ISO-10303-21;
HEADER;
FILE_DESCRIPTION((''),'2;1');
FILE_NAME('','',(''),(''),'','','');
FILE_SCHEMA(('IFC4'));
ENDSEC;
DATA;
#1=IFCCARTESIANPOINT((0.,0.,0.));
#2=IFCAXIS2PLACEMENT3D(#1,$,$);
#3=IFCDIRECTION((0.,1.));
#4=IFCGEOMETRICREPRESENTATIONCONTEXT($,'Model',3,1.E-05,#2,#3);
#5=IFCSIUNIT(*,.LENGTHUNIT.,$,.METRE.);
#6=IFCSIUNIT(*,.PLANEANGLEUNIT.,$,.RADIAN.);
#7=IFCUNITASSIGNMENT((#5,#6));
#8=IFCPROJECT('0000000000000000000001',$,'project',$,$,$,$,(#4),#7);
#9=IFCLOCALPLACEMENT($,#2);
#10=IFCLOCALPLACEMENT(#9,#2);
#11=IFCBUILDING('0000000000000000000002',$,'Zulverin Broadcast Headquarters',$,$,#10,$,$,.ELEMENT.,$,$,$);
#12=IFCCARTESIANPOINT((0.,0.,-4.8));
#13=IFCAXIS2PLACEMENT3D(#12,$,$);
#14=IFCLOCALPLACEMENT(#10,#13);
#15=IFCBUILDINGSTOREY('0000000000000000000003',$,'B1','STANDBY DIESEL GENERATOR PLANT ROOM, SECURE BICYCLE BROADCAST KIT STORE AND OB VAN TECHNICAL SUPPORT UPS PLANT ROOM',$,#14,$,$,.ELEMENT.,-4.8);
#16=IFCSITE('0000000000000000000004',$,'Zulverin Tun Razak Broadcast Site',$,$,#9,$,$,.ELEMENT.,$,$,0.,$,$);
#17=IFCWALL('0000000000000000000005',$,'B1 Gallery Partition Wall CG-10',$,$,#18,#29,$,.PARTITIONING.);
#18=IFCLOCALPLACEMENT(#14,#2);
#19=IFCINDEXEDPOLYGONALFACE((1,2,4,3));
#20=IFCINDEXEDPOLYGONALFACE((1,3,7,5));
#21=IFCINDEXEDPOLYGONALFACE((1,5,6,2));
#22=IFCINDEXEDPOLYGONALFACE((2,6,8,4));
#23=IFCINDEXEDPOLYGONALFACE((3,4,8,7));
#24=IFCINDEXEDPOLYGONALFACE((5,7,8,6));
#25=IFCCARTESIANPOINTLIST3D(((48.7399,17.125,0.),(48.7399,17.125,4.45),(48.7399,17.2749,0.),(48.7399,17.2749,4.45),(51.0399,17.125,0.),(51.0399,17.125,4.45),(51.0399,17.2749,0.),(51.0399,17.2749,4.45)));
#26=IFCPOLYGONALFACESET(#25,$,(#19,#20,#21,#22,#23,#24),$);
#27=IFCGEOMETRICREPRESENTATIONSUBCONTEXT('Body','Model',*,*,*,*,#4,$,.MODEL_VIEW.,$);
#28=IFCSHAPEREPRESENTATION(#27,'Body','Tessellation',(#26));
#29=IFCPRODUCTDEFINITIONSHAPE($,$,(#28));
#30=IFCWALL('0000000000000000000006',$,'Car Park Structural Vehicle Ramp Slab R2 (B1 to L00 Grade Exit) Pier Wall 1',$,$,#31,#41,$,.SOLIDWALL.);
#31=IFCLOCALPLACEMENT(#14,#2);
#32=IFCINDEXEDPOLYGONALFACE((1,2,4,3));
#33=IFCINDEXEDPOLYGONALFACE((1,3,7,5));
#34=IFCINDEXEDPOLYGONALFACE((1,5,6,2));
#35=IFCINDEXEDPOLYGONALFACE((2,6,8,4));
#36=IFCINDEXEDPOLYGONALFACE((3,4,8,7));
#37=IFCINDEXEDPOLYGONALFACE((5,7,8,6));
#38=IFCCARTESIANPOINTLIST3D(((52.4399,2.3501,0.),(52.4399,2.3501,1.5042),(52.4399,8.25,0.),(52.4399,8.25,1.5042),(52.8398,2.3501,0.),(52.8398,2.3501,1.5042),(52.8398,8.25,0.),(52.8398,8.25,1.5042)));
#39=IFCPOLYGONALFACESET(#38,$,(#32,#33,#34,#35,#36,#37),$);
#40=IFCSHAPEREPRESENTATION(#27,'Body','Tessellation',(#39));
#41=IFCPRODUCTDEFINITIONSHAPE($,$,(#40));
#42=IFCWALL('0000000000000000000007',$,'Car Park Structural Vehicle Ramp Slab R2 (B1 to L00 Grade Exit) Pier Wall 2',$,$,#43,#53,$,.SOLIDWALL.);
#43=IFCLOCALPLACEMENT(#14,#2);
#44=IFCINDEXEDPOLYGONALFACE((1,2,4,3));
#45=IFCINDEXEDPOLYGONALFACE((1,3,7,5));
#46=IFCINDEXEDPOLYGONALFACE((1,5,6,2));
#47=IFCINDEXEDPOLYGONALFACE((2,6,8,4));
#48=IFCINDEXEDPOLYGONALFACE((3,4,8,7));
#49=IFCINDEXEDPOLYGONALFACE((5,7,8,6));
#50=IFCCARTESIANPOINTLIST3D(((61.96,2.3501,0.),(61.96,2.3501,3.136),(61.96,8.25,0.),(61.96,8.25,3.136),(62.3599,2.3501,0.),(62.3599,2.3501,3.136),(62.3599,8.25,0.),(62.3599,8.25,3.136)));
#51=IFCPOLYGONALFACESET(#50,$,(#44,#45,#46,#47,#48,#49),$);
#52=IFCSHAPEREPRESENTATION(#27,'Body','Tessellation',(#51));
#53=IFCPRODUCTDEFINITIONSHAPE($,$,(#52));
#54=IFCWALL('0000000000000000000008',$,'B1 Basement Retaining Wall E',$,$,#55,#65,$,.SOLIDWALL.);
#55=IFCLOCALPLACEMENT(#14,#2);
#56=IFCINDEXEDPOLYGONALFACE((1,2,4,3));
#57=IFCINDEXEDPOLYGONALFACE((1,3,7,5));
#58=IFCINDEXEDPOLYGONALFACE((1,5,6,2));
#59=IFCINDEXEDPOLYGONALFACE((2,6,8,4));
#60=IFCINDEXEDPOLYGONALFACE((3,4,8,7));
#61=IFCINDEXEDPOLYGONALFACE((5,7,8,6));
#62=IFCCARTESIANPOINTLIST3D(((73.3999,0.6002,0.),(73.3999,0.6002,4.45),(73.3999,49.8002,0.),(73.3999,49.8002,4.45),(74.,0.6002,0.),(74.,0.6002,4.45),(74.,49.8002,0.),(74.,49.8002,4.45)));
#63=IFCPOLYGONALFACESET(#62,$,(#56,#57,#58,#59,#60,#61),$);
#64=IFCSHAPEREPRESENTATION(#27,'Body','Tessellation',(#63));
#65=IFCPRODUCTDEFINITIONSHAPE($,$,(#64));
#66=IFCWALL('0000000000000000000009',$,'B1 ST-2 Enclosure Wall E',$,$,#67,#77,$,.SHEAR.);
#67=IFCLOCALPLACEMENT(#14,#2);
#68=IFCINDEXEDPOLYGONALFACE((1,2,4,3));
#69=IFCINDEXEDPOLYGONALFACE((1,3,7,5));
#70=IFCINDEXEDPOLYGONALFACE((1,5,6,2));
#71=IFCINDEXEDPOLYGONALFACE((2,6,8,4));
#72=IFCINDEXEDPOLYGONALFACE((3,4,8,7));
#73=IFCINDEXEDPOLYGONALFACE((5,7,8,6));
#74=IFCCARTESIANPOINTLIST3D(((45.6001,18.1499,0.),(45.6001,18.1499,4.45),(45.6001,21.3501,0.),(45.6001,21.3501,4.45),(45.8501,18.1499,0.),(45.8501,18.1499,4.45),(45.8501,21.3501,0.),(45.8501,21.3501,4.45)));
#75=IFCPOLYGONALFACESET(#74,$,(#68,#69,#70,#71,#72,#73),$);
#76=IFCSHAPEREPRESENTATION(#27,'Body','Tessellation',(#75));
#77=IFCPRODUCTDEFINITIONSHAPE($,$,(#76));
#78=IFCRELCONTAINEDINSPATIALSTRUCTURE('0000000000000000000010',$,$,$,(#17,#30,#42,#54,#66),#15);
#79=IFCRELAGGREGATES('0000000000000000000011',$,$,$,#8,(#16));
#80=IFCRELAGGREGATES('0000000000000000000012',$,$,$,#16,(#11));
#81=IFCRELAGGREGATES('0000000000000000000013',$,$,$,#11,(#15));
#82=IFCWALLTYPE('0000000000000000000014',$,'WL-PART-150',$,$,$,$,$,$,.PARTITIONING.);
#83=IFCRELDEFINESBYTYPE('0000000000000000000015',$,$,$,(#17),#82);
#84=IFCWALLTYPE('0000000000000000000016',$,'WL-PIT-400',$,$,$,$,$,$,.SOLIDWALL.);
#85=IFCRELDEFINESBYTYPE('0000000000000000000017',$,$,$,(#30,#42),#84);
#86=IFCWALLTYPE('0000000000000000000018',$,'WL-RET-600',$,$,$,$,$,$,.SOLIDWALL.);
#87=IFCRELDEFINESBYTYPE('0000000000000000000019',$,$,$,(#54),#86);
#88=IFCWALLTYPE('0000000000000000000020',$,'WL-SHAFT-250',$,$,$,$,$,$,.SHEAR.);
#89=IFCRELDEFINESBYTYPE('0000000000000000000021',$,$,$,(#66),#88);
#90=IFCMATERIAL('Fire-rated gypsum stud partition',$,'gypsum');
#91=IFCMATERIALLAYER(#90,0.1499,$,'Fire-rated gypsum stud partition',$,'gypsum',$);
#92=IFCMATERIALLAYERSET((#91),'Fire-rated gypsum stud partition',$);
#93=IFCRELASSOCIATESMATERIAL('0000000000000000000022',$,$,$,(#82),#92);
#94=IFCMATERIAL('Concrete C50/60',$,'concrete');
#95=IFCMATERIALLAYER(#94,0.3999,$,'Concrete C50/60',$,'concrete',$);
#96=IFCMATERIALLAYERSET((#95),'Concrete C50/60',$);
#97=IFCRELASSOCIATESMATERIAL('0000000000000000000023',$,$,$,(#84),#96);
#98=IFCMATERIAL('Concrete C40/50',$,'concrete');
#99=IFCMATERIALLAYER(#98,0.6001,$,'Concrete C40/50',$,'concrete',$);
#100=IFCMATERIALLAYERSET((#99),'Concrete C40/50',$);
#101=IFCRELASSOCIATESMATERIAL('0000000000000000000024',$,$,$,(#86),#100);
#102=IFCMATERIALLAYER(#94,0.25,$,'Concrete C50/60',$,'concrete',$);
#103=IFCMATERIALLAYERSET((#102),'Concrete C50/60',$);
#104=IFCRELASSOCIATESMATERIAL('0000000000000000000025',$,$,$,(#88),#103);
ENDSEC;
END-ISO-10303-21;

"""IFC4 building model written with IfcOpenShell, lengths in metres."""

from ifc_helpers import new_model, si_unit, direction, frame, frame_2d, origin, place, context, subcontext, project, spatial, rectangle, extrude, material, layer, layer_set, type_object, element, save


model = new_model("IFC4")

# Units and contexts
model_context = context("Model", 3, precision=1e-05, world=origin(), true_north=direction((0.0, 1.0)))
body_context = subcontext(model_context, "Body", "Model", "MODEL_VIEW")
ifc_project = project(units=[si_unit("LENGTHUNIT", "METRE"), si_unit("PLANEANGLEUNIT", "RADIAN")], contexts=[model_context])

# Site, building, storey
site_placement = place(None, origin())
site = spatial("IfcSite", under=ifc_project, at=site_placement, Name="Zulverin Tun Razak Broadcast Site", CompositionType="ELEMENT", RefElevation=0.0)
building_placement = place(site_placement, origin())
building = spatial("IfcBuilding", under=site, at=building_placement, Name="Zulverin Broadcast Headquarters", CompositionType="ELEMENT")
storey_placement = place(building_placement, frame((0.0, 0.0, -4.8)))
storey = spatial("IfcBuildingStorey", under=building, at=storey_placement, Name="B1", Description="STANDBY DIESEL GENERATOR PLANT ROOM, SECURE BICYCLE BROADCAST KIT STORE AND OB VAN TECHNICAL SUPPORT UPS PLANT ROOM", CompositionType="ELEMENT", Elevation=-4.8)

# Shared definitions
ifc_material_1 = material(Name="Concrete C40/50", Category="concrete")

# Walls
ifc_material_2 = material(Name="Fire-rated gypsum stud partition", Category="gypsum")
ifc_layer_1 = layer(ifc_material_2, 0.1499, Name="Fire-rated gypsum stud partition", Category="gypsum")
ifc_layer_set_1 = layer_set([ifc_layer_1], Name="Fire-rated gypsum stud partition")
wall_type_1 = type_object("IfcWallType", Name="WL-PART-150", PredefinedType="PARTITIONING", material=ifc_layer_set_1)
wall_1_placement = place(storey_placement, frame((48.74, 17.2, 0.0), z_axis=(0.0, 0.0, 1.0), x_axis=(1.0, 0.0, 0.0)))
element("IfcWall", 1, at=wall_1_placement, inside=storey, type_object=wall_type_1, Name="B1 Gallery Partition Wall CG-10", PredefinedType="PARTITIONING", context=body_context, shape_type="SweptSolid", body=[
    extrude(rectangle(XDim=2.3, YDim=0.1499, at=frame_2d((1.1499, 0.0))), origin(), (0.0, 0.0, 1.0), 4.45),
])
ifc_material_3 = material(Name="Concrete C50/60", Category="concrete")
ifc_layer_2 = layer(ifc_material_3, 0.3999, Name="Concrete C50/60", Category="concrete")
ifc_layer_set_2 = layer_set([ifc_layer_2], Name="Concrete C50/60")
wall_type_2 = type_object("IfcWallType", Name="WL-PIT-400", PredefinedType="SOLIDWALL", material=ifc_layer_set_2)
wall_2_placement = place(storey_placement, frame((52.6399, 2.3501, 0.0), z_axis=(0.0, 0.0, 1.0), x_axis=(0.0, 1.0, 0.0)))
element("IfcWall", 2, at=wall_2_placement, inside=storey, type_object=wall_type_2, Name="Car Park Structural Vehicle Ramp Slab R2 (B1 to L00 Grade Exit) Pier Wall 1", PredefinedType="SOLIDWALL", context=body_context, shape_type="SweptSolid", body=[
    extrude(rectangle(XDim=5.8999, YDim=0.3999, at=frame_2d((2.95, 0.0))), origin(), (0.0, 0.0, 1.0), 1.5042),
])
wall_3_placement = place(storey_placement, frame((62.1599, 2.3501, 0.0), z_axis=(0.0, 0.0, 1.0), x_axis=(0.0, 1.0, 0.0)))
element("IfcWall", 3, at=wall_3_placement, inside=storey, type_object=wall_type_2, Name="Car Park Structural Vehicle Ramp Slab R2 (B1 to L00 Grade Exit) Pier Wall 2", PredefinedType="SOLIDWALL", context=body_context, shape_type="SweptSolid", body=[
    extrude(rectangle(XDim=5.8999, YDim=0.3999, at=frame_2d((2.95, 0.0))), origin(), (0.0, 0.0, 1.0), 3.136),
])
ifc_layer_3 = layer(ifc_material_1, 0.6001, Name="Concrete C40/50", Category="concrete")
ifc_layer_set_3 = layer_set([ifc_layer_3], Name="Concrete C40/50")
wall_type_3 = type_object("IfcWallType", Name="WL-RET-600", PredefinedType="SOLIDWALL", material=ifc_layer_set_3)
wall_4_placement = place(storey_placement, frame((73.7, 0.6001, 0.0), z_axis=(0.0, 0.0, 1.0), x_axis=(0.0, 1.0, 0.0)))
element("IfcWall", 4, at=wall_4_placement, inside=storey, type_object=wall_type_3, Name="B1 Basement Retaining Wall E", PredefinedType="SOLIDWALL", context=body_context, shape_type="SweptSolid", body=[
    extrude(rectangle(XDim=49.2, YDim=0.6001, at=frame_2d((24.6001, 0.0))), origin(), (0.0, 0.0, 1.0), 4.45),
])
ifc_layer_4 = layer(ifc_material_3, 0.25, Name="Concrete C50/60", Category="concrete")
ifc_layer_set_4 = layer_set([ifc_layer_4], Name="Concrete C50/60")
wall_type_4 = type_object("IfcWallType", Name="WL-SHAFT-250", PredefinedType="SHEAR", material=ifc_layer_set_4)
wall_5_placement = place(storey_placement, frame((45.7251, 18.1499, 0.0), z_axis=(0.0, 0.0, 1.0), x_axis=(0.0, 1.0, 0.0)))
element("IfcWall", 5, at=wall_5_placement, inside=storey, type_object=wall_type_4, Name="B1 ST-2 Enclosure Wall E", PredefinedType="SHEAR", context=body_context, shape_type="SweptSolid", body=[
    extrude(rectangle(XDim=3.2002, YDim=0.25, at=frame_2d((1.6001, 0.0))), origin(), (0.0, 0.0, 1.0), 4.45),
])

save(model, "model.ifc")
